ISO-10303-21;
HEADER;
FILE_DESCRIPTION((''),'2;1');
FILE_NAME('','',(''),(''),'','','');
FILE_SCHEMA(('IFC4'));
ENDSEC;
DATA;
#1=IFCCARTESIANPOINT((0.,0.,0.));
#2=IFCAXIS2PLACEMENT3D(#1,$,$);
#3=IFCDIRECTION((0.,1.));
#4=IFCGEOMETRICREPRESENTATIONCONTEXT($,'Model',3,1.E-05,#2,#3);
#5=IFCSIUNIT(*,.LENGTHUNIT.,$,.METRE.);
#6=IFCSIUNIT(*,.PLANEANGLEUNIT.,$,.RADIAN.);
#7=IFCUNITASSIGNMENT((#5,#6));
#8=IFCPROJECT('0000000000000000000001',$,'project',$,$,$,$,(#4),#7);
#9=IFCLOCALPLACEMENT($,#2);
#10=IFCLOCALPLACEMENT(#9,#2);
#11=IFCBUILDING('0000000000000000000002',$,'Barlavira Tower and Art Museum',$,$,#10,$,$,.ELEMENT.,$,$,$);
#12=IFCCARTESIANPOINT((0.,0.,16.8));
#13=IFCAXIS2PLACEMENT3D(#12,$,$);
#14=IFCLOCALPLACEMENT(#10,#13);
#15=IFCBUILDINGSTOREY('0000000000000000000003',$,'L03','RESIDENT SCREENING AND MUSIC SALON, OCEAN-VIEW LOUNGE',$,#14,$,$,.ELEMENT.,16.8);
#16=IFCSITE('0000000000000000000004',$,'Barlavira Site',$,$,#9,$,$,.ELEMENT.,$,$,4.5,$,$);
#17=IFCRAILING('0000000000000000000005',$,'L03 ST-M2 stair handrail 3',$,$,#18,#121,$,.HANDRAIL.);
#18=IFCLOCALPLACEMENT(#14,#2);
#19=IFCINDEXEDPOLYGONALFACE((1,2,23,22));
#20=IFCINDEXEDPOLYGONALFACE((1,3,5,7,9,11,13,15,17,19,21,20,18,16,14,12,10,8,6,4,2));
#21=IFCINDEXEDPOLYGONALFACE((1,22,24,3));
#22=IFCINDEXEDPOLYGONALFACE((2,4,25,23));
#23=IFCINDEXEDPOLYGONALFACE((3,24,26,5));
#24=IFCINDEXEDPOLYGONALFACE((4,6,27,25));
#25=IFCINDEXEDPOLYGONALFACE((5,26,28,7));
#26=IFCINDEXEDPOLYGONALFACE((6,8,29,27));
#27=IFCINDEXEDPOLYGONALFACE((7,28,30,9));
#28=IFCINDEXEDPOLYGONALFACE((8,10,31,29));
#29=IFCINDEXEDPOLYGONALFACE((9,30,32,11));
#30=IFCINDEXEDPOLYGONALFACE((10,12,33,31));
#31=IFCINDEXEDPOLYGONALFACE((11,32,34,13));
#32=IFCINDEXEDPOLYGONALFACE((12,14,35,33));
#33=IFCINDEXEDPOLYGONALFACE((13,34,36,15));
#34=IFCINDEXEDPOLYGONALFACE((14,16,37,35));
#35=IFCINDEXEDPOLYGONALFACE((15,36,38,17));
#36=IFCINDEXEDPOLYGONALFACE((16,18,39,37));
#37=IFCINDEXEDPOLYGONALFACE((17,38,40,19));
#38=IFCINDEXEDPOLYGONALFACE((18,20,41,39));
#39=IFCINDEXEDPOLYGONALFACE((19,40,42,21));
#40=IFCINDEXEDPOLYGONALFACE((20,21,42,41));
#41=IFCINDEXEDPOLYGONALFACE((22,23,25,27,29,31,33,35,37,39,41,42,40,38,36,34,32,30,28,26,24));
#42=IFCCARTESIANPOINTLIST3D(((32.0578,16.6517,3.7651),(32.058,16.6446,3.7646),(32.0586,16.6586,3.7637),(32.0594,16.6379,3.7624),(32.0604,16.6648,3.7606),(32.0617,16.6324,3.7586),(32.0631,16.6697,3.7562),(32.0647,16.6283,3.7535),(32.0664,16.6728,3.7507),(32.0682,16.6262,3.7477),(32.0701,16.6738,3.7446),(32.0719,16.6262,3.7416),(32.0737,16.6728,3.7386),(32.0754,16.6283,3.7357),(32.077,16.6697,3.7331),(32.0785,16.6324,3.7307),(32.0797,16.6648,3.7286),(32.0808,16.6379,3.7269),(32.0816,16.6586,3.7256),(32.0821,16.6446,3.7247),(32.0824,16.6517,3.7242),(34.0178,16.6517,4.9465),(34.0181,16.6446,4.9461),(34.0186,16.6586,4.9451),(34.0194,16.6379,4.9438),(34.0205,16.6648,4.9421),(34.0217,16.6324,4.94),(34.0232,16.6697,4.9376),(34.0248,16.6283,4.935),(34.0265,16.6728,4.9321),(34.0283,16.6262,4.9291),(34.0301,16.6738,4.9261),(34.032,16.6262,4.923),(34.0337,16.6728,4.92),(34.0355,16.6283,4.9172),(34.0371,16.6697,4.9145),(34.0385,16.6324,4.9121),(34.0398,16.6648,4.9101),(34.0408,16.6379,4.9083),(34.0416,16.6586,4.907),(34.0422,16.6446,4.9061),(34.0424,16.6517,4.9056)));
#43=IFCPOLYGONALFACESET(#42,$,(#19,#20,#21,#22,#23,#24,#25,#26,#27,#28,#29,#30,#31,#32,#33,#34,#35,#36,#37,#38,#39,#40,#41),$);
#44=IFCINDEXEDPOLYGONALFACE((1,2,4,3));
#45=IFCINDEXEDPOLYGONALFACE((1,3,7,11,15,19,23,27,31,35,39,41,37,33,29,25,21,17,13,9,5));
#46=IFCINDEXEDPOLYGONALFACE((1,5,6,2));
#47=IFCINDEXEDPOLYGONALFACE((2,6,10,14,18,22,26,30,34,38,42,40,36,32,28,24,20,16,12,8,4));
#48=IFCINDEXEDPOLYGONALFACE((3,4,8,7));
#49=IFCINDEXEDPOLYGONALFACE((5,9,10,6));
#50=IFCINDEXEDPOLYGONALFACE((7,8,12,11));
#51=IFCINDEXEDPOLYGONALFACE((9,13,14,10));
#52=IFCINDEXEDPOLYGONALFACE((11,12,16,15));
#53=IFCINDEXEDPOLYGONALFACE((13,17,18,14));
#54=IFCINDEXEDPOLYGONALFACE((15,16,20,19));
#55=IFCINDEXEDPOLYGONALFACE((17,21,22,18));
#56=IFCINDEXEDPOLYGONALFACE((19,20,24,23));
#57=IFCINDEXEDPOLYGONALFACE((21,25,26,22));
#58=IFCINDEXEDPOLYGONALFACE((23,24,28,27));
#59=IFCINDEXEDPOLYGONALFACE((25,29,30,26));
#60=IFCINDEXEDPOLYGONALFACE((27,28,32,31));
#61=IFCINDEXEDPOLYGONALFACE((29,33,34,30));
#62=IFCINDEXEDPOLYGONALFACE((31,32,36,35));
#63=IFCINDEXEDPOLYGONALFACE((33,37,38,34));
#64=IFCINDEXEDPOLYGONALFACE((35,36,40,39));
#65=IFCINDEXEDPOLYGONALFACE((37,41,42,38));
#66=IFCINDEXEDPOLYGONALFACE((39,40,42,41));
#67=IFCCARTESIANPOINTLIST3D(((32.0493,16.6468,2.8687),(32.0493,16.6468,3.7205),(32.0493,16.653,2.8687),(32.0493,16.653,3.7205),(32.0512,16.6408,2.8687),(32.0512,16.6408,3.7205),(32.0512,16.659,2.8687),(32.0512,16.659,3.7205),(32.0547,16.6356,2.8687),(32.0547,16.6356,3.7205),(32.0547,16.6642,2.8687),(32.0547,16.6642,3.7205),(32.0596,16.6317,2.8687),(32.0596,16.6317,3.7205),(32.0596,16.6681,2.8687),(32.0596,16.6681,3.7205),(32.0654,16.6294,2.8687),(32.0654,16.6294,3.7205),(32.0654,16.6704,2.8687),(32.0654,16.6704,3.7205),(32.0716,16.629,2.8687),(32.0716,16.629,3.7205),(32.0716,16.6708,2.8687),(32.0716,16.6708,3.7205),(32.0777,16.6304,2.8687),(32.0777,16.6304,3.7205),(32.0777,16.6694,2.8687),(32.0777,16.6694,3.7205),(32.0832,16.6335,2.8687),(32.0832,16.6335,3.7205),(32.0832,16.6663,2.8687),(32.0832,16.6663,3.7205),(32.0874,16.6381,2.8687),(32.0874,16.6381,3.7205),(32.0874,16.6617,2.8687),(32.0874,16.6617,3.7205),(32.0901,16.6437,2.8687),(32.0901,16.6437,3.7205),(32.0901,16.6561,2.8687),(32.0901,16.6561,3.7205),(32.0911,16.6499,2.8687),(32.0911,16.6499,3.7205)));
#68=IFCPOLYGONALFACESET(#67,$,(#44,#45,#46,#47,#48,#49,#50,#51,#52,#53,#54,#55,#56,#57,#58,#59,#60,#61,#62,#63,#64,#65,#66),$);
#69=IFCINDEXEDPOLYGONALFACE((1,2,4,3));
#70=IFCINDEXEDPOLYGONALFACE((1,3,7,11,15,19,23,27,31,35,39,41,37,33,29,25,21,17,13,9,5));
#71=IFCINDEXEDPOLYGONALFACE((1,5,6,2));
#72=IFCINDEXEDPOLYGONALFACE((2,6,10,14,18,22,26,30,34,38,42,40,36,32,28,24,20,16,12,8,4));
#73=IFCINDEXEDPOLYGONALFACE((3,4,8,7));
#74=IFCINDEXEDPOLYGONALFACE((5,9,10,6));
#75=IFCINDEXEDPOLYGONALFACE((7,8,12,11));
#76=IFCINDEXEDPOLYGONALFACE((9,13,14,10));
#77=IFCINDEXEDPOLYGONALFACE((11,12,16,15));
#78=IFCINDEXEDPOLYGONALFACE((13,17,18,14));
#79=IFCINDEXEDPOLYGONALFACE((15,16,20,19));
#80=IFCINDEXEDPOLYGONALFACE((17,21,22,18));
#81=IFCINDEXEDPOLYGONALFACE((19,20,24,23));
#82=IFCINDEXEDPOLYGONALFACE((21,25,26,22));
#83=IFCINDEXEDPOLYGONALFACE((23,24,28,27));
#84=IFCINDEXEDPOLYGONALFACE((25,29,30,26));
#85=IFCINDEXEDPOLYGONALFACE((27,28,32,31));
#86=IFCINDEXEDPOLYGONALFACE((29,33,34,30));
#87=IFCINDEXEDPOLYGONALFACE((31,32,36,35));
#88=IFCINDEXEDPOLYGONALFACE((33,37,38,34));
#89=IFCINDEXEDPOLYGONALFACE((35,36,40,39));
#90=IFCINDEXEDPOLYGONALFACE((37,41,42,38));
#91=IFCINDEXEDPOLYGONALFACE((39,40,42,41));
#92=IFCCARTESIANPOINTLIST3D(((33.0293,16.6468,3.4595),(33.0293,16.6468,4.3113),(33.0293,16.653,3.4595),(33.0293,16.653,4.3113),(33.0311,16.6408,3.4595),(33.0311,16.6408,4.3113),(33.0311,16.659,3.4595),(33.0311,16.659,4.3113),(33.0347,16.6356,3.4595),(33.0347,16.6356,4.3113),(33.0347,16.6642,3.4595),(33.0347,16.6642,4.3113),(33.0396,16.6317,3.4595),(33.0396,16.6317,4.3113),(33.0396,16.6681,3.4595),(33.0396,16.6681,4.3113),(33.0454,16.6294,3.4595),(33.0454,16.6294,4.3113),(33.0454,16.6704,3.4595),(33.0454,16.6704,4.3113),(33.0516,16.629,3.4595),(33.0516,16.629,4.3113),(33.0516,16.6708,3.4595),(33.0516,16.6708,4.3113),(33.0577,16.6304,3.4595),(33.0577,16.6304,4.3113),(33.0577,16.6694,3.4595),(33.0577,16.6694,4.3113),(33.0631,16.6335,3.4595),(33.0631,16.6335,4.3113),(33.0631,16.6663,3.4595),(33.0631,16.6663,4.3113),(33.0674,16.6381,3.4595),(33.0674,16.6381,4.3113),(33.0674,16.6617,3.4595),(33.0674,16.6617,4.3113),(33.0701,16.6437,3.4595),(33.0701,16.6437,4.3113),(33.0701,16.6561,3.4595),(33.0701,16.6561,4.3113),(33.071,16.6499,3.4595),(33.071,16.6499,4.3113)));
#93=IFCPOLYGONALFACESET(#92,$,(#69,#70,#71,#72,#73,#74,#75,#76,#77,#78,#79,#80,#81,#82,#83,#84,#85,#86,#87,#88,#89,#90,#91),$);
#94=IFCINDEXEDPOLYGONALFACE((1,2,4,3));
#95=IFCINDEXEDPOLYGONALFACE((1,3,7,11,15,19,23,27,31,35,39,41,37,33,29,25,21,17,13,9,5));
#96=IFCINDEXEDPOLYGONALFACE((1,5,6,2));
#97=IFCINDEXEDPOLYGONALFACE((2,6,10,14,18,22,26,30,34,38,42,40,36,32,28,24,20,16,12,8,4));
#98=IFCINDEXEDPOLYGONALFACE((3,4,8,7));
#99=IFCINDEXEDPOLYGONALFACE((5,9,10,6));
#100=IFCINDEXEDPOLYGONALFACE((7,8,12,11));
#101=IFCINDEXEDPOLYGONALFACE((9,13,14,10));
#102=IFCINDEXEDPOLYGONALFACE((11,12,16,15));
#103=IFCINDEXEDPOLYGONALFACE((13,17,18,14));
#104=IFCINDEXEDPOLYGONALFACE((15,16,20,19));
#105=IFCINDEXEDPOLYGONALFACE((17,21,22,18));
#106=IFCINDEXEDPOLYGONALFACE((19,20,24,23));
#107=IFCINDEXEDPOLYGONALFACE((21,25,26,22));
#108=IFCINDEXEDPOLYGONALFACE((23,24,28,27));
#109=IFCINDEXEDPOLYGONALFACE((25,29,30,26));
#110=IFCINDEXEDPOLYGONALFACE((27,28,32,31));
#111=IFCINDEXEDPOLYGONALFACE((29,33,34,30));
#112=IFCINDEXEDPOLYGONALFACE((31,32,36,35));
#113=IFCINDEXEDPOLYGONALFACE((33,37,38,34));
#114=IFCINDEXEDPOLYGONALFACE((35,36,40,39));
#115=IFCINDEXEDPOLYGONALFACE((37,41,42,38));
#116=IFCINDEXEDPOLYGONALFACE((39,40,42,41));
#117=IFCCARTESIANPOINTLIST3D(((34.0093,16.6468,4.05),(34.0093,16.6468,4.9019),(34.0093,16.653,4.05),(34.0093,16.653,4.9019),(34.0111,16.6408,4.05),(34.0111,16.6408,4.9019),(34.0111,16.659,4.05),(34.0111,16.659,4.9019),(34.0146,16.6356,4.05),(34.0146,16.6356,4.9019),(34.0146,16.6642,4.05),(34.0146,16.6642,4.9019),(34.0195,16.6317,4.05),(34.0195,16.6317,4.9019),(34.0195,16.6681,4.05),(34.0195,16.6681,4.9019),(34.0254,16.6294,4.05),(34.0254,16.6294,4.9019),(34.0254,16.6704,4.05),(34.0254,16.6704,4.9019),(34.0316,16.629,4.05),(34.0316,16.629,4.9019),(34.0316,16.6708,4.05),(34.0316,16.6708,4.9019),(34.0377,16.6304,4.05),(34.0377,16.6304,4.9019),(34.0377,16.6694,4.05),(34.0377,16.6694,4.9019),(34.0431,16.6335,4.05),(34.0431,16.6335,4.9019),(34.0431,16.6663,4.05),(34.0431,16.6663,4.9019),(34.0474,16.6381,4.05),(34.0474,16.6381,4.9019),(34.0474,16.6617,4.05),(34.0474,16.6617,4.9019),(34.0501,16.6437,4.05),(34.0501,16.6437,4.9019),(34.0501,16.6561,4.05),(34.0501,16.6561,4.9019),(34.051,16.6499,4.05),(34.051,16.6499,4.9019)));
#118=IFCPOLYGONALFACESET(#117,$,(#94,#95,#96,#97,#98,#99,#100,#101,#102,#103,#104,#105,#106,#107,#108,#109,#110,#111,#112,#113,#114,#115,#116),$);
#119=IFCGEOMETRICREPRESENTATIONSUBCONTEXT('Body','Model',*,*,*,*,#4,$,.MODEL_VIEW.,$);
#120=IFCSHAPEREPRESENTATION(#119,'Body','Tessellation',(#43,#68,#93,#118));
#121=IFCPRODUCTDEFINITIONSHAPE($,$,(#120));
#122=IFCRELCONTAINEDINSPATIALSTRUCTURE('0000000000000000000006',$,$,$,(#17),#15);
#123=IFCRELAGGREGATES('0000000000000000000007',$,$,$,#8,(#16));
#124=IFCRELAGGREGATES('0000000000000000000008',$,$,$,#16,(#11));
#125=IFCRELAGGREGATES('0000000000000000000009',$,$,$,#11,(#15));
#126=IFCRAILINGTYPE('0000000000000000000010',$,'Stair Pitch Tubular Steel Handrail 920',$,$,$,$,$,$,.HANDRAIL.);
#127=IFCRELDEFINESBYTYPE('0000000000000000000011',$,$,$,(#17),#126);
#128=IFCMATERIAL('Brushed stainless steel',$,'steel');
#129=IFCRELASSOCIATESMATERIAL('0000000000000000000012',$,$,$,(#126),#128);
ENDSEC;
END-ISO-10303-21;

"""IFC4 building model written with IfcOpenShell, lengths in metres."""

from ifc_helpers import new_model, si_unit, direction, frame, origin, origin_2d, place, context, subcontext, project, spatial, circle, extrude, material, type_object, element, save


model = new_model("IFC4")

# Units and contexts
model_context = context("Model", 3, precision=1e-05, world=origin(), true_north=direction((0.0, 1.0)))
body_context = subcontext(model_context, "Body", "Model", "MODEL_VIEW")
ifc_project = project(units=[si_unit("LENGTHUNIT", "METRE"), si_unit("PLANEANGLEUNIT", "RADIAN")], contexts=[model_context])

# Site, building, storey
site_placement = place(None, origin())
site = spatial("IfcSite", under=ifc_project, at=site_placement, Name="Barlavira Site", CompositionType="ELEMENT", RefElevation=4.5)
building_placement = place(site_placement, origin())
building = spatial("IfcBuilding", under=site, at=building_placement, Name="Barlavira Tower and Art Museum", CompositionType="ELEMENT")
storey_placement = place(building_placement, frame((0.0, 0.0, 16.8)))
storey = spatial("IfcBuildingStorey", under=building, at=storey_placement, Name="L03", Description="RESIDENT SCREENING AND MUSIC SALON, OCEAN-VIEW LOUNGE", CompositionType="ELEMENT", Elevation=16.8)

# Shared definitions
ifc_material_1 = material(Name="Brushed stainless steel", Category="steel")

# Railing
railing_type_1 = type_object("IfcRailingType", Name="Stair Pitch Tubular Steel Handrail 920", PredefinedType="HANDRAIL", material=ifc_material_1)
railing_1_placement = place(storey_placement, frame((32.0701, 16.6499, 2.8687)))
element("IfcRailing", 1, at=railing_1_placement, inside=storey, type_object=railing_type_1, Name="L03 ST-M2 stair handrail 3", PredefinedType="HANDRAIL", context=body_context, shape_type="SweptSolid", body=[
    extrude(circle(Radius=0.0239, at=origin_2d()), frame((0.0, 0.0, 0.876), z_axis=(0.856446, 0.0, 0.516236), x_axis=(0.0, 1.0, 0.0)), (0.0, 0.0, 1.0), 2.2886),
    extrude(circle(Radius=0.021, at=origin_2d()), origin(), (0.0, 0.0, 1.0), 0.8518),
    extrude(circle(Radius=0.021, at=origin_2d()), frame((0.98, 0.0, 0.5908)), (0.0, 0.0, 1.0), 0.8518),
    extrude(circle(Radius=0.021, at=origin_2d()), frame((1.96, 0.0, 1.1814)), (0.0, 0.0, 1.0), 0.8518),
])

save(model, "model.ifc")
